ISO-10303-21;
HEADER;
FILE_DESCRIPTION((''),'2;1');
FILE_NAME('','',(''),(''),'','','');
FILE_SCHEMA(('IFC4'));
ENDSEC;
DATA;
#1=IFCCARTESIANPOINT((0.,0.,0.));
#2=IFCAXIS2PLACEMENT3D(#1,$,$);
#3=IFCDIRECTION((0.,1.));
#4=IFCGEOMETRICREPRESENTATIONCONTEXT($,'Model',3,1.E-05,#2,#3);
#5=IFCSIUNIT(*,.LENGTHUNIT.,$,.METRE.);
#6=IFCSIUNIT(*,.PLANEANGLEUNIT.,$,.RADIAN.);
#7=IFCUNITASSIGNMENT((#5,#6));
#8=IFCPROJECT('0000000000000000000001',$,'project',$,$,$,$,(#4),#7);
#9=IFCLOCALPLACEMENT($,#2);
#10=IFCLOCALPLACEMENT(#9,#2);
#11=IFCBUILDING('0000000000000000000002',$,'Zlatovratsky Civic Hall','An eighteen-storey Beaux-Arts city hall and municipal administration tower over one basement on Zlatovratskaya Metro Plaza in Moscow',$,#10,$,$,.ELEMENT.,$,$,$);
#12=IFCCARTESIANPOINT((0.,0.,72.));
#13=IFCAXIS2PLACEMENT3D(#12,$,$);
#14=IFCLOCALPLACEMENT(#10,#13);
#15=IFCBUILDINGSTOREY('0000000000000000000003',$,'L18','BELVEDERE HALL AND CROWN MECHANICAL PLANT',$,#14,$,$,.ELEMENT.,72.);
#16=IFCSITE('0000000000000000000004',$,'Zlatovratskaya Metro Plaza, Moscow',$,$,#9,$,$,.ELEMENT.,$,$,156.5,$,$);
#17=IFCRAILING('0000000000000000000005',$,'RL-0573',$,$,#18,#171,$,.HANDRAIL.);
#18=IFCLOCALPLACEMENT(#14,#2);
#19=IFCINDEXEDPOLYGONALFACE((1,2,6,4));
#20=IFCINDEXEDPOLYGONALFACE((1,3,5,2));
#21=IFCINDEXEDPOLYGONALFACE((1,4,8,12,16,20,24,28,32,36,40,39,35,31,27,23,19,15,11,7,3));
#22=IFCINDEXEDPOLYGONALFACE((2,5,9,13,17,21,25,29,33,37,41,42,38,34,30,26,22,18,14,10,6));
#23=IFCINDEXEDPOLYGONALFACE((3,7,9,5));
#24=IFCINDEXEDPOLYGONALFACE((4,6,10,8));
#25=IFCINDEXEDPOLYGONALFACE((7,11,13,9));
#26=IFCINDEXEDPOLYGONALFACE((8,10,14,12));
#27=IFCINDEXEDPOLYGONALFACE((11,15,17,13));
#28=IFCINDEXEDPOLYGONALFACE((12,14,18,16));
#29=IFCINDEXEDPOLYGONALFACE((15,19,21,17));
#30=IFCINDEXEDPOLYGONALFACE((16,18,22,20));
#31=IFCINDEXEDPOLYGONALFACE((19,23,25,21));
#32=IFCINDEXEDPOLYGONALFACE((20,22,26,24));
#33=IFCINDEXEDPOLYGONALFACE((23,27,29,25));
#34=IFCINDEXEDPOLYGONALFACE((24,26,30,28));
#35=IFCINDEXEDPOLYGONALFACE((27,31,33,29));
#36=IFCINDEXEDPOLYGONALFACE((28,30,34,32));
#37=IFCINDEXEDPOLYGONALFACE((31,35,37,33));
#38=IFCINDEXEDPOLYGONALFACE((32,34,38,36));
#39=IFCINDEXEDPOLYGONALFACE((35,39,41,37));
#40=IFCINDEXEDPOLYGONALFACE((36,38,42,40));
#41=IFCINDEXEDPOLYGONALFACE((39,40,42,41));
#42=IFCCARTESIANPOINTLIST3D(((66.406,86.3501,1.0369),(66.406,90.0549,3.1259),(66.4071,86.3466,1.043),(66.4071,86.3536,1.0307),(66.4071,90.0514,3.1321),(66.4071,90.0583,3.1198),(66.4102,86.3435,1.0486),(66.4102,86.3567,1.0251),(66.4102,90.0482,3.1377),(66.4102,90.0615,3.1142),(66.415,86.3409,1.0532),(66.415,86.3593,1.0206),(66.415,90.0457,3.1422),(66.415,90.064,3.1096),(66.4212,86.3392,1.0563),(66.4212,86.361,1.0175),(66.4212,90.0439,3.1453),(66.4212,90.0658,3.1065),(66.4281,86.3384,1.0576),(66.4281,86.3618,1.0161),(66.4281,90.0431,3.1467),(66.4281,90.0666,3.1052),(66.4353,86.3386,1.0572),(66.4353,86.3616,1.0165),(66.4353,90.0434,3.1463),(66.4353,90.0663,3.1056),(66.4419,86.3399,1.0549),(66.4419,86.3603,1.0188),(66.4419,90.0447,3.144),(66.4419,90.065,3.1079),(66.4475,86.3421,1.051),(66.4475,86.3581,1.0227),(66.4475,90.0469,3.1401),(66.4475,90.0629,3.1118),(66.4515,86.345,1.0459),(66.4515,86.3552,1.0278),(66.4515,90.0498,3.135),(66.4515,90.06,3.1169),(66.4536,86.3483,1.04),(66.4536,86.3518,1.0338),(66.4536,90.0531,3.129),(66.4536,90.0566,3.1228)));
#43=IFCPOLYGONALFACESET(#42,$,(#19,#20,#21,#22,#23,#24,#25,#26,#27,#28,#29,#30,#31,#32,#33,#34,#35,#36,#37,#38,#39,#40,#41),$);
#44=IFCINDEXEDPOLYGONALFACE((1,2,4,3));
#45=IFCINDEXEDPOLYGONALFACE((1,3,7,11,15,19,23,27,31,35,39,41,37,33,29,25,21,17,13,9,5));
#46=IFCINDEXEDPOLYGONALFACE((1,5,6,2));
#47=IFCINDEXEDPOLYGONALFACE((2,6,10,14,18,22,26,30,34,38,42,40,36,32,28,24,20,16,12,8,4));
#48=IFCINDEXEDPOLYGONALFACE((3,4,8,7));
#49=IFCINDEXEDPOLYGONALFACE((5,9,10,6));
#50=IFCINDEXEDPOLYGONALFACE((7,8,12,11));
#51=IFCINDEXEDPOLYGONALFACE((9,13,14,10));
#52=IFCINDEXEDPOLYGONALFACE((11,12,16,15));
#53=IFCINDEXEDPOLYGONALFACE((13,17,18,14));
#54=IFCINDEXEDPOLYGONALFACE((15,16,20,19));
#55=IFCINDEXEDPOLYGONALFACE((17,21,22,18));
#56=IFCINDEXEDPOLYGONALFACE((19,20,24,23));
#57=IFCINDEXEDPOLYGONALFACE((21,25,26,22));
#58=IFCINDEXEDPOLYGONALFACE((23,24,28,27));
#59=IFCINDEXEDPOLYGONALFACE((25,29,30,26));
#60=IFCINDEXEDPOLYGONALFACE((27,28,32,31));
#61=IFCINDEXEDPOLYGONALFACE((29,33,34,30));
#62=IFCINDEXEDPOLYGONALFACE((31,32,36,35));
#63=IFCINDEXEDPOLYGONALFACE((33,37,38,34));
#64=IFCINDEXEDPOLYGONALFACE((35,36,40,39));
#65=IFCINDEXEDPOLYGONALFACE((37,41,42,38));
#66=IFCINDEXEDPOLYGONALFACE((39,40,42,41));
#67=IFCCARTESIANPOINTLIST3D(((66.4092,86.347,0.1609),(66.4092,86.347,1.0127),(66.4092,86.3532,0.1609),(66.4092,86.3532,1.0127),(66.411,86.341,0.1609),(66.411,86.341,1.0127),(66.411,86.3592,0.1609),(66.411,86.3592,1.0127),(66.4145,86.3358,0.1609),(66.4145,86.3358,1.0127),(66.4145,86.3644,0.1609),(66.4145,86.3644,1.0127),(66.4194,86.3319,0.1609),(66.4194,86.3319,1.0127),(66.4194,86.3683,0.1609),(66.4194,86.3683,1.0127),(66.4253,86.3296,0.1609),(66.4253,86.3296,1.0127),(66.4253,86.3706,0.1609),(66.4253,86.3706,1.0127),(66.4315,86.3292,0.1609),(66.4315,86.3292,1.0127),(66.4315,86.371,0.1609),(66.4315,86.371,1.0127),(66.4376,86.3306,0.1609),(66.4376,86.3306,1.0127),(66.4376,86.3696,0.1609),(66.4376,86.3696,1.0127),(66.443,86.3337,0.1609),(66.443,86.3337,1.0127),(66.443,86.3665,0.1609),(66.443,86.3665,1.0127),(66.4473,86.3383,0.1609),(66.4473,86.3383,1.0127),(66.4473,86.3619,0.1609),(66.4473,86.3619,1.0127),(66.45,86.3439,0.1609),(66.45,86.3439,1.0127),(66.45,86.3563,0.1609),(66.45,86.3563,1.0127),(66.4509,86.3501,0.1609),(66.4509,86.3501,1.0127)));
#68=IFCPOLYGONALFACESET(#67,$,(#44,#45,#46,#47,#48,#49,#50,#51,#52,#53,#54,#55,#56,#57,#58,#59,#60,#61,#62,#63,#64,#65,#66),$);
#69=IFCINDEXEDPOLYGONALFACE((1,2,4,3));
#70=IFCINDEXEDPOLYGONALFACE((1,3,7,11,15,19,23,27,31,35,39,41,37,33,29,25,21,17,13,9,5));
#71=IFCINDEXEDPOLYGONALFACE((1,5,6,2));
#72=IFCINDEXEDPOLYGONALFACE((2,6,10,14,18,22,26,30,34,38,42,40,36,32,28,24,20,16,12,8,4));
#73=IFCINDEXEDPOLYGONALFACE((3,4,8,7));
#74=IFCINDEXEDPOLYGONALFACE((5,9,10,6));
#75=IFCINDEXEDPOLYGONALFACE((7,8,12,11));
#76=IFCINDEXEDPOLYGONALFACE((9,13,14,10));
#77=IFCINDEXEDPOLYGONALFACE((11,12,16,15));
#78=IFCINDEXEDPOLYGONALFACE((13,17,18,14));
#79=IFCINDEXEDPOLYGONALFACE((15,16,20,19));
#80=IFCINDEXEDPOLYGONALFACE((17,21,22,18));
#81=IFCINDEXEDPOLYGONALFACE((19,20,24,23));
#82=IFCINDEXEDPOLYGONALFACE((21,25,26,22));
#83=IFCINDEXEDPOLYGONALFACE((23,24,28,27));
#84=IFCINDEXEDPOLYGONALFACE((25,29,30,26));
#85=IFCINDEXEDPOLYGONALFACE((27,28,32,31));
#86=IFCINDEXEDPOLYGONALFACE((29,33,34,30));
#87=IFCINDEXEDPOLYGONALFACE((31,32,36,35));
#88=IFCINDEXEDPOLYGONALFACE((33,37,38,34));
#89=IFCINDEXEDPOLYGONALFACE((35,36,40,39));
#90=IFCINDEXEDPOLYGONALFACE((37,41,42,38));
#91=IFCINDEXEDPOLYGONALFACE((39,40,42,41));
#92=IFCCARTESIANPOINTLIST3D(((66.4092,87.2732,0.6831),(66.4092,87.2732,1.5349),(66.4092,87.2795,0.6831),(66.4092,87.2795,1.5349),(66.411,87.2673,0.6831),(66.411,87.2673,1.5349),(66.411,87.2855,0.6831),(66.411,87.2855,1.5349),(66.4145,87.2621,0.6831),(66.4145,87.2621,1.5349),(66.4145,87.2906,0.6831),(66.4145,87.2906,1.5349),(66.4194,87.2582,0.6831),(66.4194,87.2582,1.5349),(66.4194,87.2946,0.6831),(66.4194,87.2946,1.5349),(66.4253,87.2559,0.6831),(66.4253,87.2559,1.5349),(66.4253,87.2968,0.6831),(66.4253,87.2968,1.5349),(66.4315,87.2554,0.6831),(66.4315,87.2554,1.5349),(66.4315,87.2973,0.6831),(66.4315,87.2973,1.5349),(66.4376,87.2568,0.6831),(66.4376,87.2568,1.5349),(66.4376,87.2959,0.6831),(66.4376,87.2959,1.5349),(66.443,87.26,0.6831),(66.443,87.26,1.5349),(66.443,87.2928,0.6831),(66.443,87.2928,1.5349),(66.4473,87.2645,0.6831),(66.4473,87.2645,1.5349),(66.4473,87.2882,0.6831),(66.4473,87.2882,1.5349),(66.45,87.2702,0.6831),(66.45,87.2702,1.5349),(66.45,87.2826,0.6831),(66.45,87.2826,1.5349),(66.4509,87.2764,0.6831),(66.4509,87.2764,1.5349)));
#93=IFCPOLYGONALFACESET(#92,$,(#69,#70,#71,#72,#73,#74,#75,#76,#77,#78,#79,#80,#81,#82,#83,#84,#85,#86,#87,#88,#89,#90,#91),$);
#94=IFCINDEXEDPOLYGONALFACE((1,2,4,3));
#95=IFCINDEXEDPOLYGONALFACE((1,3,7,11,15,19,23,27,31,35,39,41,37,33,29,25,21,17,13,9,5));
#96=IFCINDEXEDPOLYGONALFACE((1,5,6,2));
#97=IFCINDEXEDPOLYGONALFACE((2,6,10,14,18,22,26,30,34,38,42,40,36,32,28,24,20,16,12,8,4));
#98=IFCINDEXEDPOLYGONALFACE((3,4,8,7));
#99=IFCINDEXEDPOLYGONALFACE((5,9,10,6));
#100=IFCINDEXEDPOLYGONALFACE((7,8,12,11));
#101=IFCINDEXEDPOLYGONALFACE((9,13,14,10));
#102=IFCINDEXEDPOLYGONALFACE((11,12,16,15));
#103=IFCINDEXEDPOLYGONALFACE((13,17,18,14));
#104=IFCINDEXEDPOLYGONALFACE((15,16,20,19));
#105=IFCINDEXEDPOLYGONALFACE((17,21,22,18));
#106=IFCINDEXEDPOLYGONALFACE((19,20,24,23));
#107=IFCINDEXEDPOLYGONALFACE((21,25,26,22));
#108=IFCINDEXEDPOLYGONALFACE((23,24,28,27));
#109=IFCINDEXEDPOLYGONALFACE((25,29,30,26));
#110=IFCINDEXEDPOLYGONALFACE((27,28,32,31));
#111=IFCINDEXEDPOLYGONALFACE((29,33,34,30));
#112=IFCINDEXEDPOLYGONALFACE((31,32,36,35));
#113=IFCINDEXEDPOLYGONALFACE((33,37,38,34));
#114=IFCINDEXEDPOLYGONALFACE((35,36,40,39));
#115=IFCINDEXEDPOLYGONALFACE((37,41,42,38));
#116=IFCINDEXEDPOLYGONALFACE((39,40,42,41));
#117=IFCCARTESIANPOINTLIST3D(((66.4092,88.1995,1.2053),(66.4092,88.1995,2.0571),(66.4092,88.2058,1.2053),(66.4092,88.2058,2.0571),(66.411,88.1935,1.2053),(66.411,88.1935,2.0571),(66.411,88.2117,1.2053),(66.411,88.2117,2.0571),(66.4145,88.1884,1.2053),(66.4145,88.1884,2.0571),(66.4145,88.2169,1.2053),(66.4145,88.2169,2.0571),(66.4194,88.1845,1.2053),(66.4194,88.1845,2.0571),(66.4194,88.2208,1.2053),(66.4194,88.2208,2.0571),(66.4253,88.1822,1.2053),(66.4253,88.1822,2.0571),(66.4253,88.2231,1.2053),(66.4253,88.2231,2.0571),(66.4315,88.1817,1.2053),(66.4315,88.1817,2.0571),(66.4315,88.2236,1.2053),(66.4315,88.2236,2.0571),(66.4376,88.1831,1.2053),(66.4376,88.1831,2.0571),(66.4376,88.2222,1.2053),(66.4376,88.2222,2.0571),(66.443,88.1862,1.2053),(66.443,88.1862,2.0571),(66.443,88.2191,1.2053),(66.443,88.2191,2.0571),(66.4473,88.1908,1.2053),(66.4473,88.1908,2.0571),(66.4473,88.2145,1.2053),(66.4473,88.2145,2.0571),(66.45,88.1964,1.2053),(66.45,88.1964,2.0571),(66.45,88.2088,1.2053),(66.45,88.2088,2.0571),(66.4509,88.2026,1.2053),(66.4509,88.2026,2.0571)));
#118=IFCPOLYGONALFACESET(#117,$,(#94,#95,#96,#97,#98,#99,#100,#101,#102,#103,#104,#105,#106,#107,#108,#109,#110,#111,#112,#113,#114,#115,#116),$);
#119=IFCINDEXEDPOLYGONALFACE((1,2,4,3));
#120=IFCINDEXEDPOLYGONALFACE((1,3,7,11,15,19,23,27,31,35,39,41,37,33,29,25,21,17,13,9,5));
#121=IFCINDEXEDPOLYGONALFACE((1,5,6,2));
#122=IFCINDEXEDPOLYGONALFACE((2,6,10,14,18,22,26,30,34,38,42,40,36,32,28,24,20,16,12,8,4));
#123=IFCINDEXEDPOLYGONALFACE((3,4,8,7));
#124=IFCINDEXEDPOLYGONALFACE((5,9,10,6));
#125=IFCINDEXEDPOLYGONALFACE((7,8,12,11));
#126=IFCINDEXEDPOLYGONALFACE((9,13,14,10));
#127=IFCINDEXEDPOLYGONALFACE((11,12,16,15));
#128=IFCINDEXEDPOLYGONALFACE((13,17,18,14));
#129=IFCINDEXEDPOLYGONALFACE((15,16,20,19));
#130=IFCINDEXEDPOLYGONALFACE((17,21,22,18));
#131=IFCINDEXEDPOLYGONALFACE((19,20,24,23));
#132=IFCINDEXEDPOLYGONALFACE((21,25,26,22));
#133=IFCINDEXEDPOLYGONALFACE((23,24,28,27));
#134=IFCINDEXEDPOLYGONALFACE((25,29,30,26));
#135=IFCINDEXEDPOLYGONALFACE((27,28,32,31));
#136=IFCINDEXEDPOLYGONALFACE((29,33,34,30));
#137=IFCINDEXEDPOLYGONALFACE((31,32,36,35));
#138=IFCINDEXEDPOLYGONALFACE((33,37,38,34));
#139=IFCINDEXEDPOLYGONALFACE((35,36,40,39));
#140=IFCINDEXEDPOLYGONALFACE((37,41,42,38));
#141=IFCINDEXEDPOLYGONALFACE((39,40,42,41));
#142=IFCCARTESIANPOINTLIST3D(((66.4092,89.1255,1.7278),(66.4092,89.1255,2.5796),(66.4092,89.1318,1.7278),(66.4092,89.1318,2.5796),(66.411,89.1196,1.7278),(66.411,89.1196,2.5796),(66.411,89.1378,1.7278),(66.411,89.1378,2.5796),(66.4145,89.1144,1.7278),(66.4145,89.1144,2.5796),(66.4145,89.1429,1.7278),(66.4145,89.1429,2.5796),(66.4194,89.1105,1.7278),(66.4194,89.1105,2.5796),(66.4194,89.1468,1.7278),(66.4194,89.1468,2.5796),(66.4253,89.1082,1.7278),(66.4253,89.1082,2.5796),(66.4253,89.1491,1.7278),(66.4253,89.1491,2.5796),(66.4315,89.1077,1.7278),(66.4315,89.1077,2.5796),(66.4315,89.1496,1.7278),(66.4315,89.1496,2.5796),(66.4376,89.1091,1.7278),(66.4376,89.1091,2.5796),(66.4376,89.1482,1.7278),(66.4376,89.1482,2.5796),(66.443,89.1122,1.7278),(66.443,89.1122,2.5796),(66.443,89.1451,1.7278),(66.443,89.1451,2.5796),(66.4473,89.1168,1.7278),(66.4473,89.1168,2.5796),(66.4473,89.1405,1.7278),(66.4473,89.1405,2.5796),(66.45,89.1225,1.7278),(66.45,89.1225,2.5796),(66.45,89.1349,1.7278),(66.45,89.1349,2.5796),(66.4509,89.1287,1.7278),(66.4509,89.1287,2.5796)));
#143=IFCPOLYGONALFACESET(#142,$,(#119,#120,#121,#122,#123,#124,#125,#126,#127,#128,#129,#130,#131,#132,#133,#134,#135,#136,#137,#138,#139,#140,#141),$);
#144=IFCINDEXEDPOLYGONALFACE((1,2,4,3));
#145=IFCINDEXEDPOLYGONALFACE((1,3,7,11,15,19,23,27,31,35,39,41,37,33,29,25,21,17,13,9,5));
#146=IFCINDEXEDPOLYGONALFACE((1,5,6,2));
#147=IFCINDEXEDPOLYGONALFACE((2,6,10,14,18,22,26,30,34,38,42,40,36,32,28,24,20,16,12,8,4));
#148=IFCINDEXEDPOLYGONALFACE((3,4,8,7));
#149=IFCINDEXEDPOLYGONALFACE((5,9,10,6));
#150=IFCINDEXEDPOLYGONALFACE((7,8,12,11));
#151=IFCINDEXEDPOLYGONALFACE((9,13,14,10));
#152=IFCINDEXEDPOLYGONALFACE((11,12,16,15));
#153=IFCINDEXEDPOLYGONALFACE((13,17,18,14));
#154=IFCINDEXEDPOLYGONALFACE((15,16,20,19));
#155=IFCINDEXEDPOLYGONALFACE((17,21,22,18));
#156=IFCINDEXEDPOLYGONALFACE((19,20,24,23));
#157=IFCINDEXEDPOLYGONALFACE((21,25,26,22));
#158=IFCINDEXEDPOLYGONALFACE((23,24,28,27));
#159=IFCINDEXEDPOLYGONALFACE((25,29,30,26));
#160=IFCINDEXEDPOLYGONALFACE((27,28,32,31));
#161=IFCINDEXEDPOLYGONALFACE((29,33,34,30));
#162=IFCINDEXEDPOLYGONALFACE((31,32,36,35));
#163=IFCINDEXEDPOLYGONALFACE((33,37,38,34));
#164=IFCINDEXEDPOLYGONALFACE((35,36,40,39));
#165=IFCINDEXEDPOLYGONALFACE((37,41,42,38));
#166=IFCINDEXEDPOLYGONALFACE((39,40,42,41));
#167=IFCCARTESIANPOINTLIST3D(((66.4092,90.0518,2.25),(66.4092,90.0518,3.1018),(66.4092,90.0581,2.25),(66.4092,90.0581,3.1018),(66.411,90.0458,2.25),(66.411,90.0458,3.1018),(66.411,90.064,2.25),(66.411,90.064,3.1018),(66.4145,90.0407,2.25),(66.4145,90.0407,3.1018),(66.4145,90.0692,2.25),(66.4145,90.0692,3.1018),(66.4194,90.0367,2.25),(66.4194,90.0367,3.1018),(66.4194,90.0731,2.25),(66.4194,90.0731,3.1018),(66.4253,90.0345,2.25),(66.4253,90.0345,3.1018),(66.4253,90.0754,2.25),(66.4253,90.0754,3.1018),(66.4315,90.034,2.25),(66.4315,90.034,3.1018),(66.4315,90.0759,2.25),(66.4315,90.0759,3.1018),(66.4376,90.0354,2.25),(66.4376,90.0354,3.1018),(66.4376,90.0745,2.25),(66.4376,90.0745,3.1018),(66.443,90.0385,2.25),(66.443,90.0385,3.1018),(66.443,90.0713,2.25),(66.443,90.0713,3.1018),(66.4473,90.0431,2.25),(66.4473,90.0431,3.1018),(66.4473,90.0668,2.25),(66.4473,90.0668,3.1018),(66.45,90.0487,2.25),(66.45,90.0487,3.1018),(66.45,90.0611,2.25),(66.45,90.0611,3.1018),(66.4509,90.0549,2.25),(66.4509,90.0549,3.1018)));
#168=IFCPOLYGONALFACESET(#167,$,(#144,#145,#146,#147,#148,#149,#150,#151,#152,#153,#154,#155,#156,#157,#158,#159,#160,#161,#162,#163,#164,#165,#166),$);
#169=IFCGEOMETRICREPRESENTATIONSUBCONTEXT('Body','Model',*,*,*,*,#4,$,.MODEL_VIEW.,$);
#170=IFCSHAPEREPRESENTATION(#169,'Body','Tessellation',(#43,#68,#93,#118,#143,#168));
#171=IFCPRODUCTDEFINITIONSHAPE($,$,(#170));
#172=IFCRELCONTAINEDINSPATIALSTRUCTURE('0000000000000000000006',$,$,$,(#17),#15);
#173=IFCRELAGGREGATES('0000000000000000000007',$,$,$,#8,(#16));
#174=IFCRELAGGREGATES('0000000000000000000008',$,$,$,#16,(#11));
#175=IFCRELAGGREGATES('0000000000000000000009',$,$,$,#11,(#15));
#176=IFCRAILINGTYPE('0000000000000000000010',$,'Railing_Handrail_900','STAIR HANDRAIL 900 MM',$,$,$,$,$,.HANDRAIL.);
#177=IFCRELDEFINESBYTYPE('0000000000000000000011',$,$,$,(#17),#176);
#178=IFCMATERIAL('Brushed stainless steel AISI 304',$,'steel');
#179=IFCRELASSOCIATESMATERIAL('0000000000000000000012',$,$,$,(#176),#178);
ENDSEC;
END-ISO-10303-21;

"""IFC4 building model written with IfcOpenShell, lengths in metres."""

from ifc_helpers import new_model, si_unit, direction, frame, origin, origin_2d, place, context, subcontext, project, spatial, circle, extrude, material, type_object, element, save


model = new_model("IFC4")

# Units and contexts
model_context = context("Model", 3, precision=1e-05, world=origin(), true_north=direction((0.0, 1.0)))
body_context = subcontext(model_context, "Body", "Model", "MODEL_VIEW")
ifc_project = project(units=[si_unit("LENGTHUNIT", "METRE"), si_unit("PLANEANGLEUNIT", "RADIAN")], contexts=[model_context])

# Site, building, storey
site_placement = place(None, origin())
site = spatial("IfcSite", under=ifc_project, at=site_placement, Name="Zlatovratskaya Metro Plaza, Moscow", CompositionType="ELEMENT", RefElevation=156.5)
building_placement = place(site_placement, origin())
building = spatial("IfcBuilding", under=site, at=building_placement, Name="Zlatovratsky Civic Hall", Description="An eighteen-storey Beaux-Arts city hall and municipal administration tower over one basement on Zlatovratskaya Metro Plaza in Moscow", CompositionType="ELEMENT")
storey_placement = place(building_placement, frame((0.0, 0.0, 72.0)))
storey = spatial("IfcBuildingStorey", under=building, at=storey_placement, Name="L18", Description="BELVEDERE HALL AND CROWN MECHANICAL PLANT", CompositionType="ELEMENT", Elevation=72.0)

# Railing
ifc_material_1 = material(Name="Brushed stainless steel AISI 304", Category="steel")
railing_type_1 = type_object("IfcRailingType", Name="Railing_Handrail_900", Description="STAIR HANDRAIL 900 MM", PredefinedType="HANDRAIL", material=ifc_material_1)
railing_1_placement = place(storey_placement, frame((66.4299, 86.3501, 0.1609)))
element("IfcRailing", 1, at=railing_1_placement, inside=storey, type_object=railing_type_1, Name="RL-0573", PredefinedType="HANDRAIL", context=body_context, shape_type="SweptSolid", body=[
    extrude(circle(Radius=0.0239, at=origin_2d()), frame((0.0, 0.0, 0.876), z_axis=(0.0, 0.871058, 0.491179), x_axis=(-1.0, 0.0, 0.0)), (0.0, 0.0, 1.0), 4.2532),
    extrude(circle(Radius=0.021, at=origin_2d()), origin(), (0.0, 0.0, 1.0), 0.8518),
    extrude(circle(Radius=0.021, at=origin_2d()), frame((0.0, 0.9263, 0.5222)), (0.0, 0.0, 1.0), 0.8518),
    extrude(circle(Radius=0.021, at=origin_2d()), frame((0.0, 1.8525, 1.0444)), (0.0, 0.0, 1.0), 0.8518),
    extrude(circle(Radius=0.021, at=origin_2d()), frame((0.0, 2.7786, 1.5669)), (0.0, 0.0, 1.0), 0.8518),
    extrude(circle(Radius=0.021, at=origin_2d()), frame((0.0, 3.7048, 2.0891)), (0.0, 0.0, 1.0), 0.8518),
])

save(model, "model.ifc")
